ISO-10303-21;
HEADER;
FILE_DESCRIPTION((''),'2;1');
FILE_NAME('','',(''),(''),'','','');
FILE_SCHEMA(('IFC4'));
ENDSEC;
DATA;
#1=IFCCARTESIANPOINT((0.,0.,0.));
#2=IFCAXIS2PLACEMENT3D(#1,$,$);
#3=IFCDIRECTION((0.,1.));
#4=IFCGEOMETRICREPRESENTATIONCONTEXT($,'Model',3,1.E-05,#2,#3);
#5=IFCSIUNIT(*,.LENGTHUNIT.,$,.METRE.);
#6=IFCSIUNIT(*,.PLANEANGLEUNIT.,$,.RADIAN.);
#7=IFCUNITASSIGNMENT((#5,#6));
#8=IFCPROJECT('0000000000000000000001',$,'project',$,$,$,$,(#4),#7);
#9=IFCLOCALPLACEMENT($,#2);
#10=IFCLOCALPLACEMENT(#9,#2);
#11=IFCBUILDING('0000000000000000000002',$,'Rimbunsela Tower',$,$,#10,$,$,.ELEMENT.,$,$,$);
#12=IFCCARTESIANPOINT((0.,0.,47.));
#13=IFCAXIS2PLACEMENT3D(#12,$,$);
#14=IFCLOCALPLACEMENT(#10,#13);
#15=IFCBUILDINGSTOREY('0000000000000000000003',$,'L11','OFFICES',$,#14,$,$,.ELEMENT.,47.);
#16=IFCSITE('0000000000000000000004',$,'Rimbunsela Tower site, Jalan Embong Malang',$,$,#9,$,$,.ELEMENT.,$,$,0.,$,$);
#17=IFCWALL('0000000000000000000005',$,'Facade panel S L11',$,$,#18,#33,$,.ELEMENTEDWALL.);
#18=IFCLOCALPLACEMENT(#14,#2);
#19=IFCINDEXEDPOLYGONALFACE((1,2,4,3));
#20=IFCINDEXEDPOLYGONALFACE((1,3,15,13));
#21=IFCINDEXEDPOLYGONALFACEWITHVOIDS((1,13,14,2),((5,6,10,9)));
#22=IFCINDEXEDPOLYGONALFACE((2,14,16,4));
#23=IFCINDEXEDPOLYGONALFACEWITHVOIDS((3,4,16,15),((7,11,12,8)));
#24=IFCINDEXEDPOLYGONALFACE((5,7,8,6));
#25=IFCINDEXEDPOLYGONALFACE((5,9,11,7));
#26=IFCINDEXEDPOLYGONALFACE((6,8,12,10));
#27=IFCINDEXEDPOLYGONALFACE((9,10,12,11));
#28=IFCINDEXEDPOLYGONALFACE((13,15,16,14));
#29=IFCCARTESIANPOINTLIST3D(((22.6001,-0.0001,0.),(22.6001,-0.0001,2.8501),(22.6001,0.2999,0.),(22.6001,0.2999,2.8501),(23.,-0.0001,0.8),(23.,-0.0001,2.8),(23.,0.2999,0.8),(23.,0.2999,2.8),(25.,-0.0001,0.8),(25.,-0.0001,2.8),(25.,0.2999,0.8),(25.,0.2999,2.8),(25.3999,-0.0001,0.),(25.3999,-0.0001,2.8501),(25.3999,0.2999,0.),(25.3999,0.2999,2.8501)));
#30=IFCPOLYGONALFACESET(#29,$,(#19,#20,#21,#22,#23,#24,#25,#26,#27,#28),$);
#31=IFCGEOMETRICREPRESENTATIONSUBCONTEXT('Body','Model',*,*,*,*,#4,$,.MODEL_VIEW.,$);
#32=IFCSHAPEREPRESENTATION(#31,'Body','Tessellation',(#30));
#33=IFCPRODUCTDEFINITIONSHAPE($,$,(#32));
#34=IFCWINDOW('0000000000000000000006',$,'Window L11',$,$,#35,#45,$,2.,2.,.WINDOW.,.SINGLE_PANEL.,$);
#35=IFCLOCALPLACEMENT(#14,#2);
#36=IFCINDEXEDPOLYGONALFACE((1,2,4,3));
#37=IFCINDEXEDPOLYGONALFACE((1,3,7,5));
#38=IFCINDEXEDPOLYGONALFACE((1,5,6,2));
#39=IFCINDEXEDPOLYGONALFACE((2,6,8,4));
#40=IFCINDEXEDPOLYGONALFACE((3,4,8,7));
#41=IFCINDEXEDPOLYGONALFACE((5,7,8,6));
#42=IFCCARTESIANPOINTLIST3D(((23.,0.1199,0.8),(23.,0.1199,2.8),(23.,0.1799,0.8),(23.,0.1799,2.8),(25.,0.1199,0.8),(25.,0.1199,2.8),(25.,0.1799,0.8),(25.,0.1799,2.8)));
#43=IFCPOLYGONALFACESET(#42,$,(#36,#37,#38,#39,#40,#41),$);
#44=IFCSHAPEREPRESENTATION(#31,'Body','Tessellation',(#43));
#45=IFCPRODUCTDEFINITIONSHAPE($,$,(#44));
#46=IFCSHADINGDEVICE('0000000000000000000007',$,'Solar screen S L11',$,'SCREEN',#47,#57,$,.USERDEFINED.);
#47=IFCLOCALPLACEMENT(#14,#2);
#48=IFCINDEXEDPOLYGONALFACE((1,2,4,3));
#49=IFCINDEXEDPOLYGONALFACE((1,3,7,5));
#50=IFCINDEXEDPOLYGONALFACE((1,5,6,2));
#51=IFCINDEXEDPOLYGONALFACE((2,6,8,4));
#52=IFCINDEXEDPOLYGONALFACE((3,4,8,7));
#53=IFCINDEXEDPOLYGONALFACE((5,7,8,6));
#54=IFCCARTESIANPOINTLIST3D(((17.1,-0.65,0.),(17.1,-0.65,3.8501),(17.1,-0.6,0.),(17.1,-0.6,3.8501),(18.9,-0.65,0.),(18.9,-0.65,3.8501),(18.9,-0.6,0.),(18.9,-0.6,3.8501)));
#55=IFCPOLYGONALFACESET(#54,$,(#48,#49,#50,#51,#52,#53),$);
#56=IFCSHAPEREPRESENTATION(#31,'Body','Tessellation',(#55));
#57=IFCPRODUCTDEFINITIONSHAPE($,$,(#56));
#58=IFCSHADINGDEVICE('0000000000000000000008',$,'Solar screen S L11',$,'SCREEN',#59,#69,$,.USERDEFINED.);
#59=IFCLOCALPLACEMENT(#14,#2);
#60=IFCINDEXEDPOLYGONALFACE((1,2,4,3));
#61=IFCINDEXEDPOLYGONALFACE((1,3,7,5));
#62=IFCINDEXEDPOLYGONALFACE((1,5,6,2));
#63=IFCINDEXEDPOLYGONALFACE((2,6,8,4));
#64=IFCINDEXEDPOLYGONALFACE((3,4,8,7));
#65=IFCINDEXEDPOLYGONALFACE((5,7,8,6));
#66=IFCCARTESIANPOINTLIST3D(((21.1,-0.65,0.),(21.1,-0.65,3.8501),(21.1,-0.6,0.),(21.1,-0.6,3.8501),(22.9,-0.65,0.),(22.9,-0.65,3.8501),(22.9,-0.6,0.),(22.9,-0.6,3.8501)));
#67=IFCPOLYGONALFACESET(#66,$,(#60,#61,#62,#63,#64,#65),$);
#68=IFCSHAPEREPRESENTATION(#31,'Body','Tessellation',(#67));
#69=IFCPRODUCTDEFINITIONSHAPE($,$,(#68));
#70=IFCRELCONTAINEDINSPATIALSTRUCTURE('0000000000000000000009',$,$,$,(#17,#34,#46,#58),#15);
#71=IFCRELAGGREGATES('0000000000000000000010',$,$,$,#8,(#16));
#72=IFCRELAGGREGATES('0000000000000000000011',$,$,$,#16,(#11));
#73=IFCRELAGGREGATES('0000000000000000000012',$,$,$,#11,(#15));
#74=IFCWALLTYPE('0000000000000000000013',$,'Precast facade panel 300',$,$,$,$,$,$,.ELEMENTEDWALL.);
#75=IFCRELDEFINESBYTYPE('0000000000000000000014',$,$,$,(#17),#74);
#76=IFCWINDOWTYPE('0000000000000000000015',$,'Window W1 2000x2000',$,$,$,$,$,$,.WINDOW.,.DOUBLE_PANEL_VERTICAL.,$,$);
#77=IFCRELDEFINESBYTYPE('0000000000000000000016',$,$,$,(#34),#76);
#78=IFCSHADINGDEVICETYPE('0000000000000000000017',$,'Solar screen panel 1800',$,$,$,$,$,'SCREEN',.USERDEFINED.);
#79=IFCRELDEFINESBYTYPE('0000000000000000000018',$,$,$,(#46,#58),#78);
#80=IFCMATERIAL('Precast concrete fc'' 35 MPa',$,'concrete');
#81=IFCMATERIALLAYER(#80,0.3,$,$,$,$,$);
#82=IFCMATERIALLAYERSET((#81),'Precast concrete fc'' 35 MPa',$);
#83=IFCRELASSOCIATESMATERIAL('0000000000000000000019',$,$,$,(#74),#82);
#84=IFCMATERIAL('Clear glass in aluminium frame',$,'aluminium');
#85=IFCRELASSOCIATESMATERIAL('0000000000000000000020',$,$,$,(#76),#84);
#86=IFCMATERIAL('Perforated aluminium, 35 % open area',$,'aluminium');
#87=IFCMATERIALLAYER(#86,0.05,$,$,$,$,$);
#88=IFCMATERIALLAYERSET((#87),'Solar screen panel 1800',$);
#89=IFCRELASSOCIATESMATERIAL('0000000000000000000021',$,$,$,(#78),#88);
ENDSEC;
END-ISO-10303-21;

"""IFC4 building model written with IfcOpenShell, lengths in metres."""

from ifc_helpers import new_model, si_unit, direction, frame, frame_2d, origin, origin_2d, place, context, subcontext, project, spatial, rectangle, extrude, material, layer, layer_set, type_object, element, fill, save


model = new_model("IFC4")

# Units and contexts
model_context = context("Model", 3, precision=1e-05, world=origin(), true_north=direction((0.0, 1.0)))
body_context = subcontext(model_context, "Body", "Model", "MODEL_VIEW")
ifc_project = project(units=[si_unit("LENGTHUNIT", "METRE"), si_unit("PLANEANGLEUNIT", "RADIAN")], contexts=[model_context])

# Site, building, storey
site_placement = place(None, origin())
site = spatial("IfcSite", under=ifc_project, at=site_placement, Name="Rimbunsela Tower site, Jalan Embong Malang", CompositionType="ELEMENT", RefElevation=0.0)
building_placement = place(site_placement, origin())
building = spatial("IfcBuilding", under=site, at=building_placement, Name="Rimbunsela Tower", CompositionType="ELEMENT")
storey_placement = place(building_placement, frame((0.0, 0.0, 47.0)))
storey = spatial("IfcBuildingStorey", under=building, at=storey_placement, Name="L11", Description="OFFICES", CompositionType="ELEMENT", Elevation=47.0)

# Wall, opening, window
ifc_material_1 = material(Name="Precast concrete fc' 35 MPa", Category="concrete")
ifc_layer_1 = layer(ifc_material_1, 0.3)
ifc_layer_set_1 = layer_set([ifc_layer_1], Name="Precast concrete fc' 35 MPa")
wall_type_1 = type_object("IfcWallType", Name="Precast facade panel 300", PredefinedType="ELEMENTEDWALL", material=ifc_layer_set_1)
ifc_material_2 = material(Name="Clear glass in aluminium frame", Category="aluminium")
window_type = type_object("IfcWindowType", Name="Window W1 2000x2000", PartitioningType="DOUBLE_PANEL_VERTICAL", PredefinedType="WINDOW", material=ifc_material_2)
wall_1_placement = place(storey_placement, frame((22.6001, 0.1499, 0.0), z_axis=(0.0, 0.0, 1.0), x_axis=(1.0, 0.0, 0.0)))
wall_1 = element("IfcWall", 1, at=wall_1_placement, inside=storey, type_object=wall_type_1, Name="Facade panel S L11", PredefinedType="ELEMENTEDWALL", context=body_context, shape_type="SweptSolid", body=[
    extrude(rectangle(XDim=2.7998, YDim=0.3, at=frame_2d((1.3999, 0.0))), origin(), (0.0, 0.0, 1.0), 2.8501),
])
opening_1_placement = place(wall_1_placement, frame((0.3999, 0.0, 0.8)))
opening_1 = element("IfcOpeningElement", 2, at=opening_1_placement, cuts=wall_1, PredefinedType="OPENING", context=body_context, shape_type="SweptSolid", body=[
    extrude(rectangle(XDim=2.0, YDim=2.0, at=frame_2d((1.0, 1.0))), frame((0.0, 0.1599, 0.0), z_axis=(0.0, -1.0, 0.0), x_axis=(1.0, 0.0, 0.0)), (0.0, 0.0, 1.0), 0.3201),
])
window_1_placement = place(opening_1_placement, origin())
window_1 = element("IfcWindow", 3, at=window_1_placement, inside=storey, type_object=window_type, Name="Window L11", OverallHeight=2.0, OverallWidth=2.0, PartitioningType="SINGLE_PANEL", PredefinedType="WINDOW", context=body_context, shape_type="SweptSolid", body=[
    extrude(rectangle(XDim=2.0, YDim=2.0, at=frame_2d((1.0, 1.0))), frame((0.0, 0.03, 0.0), z_axis=(0.0, -1.0, 0.0), x_axis=(1.0, 0.0, 0.0)), (0.0, 0.0, 1.0), 0.0601),
])
fill(opening_1, window_1)

# Shading devices
ifc_material_3 = material(Name="Perforated aluminium, 35 % open area", Category="aluminium")
ifc_layer_2 = layer(ifc_material_3, 0.05)
ifc_layer_set_2 = layer_set([ifc_layer_2], Name="Solar screen panel 1800")
shading_device_type = type_object("IfcShadingDeviceType", Name="Solar screen panel 1800", ElementType="SCREEN", PredefinedType="USERDEFINED", material=ifc_layer_set_2)
for number, where, z_axis, x_axis, name in (
    (4, (18.0, -0.625, 0.0), (0.0, 0.0, 1.0), (1.0, 0.0, 0.0), "Solar screen S L11"),
    (5, (22.0, -0.625, 0.0), (0.0, 0.0, 1.0), (1.0, 0.0, 0.0), "Solar screen S L11"),
):
    element("IfcShadingDevice", number, at=place(storey_placement, frame(where, z_axis=z_axis, x_axis=x_axis)), inside=storey, type_object=shading_device_type, Name=name, ObjectType="SCREEN", PredefinedType="USERDEFINED", context=body_context, shape_type="SweptSolid", body=[
        extrude(rectangle(XDim=1.8, YDim=0.05, at=origin_2d()), origin(), (0.0, 0.0, 1.0), 3.8501),
    ])

save(model, "model.ifc")
